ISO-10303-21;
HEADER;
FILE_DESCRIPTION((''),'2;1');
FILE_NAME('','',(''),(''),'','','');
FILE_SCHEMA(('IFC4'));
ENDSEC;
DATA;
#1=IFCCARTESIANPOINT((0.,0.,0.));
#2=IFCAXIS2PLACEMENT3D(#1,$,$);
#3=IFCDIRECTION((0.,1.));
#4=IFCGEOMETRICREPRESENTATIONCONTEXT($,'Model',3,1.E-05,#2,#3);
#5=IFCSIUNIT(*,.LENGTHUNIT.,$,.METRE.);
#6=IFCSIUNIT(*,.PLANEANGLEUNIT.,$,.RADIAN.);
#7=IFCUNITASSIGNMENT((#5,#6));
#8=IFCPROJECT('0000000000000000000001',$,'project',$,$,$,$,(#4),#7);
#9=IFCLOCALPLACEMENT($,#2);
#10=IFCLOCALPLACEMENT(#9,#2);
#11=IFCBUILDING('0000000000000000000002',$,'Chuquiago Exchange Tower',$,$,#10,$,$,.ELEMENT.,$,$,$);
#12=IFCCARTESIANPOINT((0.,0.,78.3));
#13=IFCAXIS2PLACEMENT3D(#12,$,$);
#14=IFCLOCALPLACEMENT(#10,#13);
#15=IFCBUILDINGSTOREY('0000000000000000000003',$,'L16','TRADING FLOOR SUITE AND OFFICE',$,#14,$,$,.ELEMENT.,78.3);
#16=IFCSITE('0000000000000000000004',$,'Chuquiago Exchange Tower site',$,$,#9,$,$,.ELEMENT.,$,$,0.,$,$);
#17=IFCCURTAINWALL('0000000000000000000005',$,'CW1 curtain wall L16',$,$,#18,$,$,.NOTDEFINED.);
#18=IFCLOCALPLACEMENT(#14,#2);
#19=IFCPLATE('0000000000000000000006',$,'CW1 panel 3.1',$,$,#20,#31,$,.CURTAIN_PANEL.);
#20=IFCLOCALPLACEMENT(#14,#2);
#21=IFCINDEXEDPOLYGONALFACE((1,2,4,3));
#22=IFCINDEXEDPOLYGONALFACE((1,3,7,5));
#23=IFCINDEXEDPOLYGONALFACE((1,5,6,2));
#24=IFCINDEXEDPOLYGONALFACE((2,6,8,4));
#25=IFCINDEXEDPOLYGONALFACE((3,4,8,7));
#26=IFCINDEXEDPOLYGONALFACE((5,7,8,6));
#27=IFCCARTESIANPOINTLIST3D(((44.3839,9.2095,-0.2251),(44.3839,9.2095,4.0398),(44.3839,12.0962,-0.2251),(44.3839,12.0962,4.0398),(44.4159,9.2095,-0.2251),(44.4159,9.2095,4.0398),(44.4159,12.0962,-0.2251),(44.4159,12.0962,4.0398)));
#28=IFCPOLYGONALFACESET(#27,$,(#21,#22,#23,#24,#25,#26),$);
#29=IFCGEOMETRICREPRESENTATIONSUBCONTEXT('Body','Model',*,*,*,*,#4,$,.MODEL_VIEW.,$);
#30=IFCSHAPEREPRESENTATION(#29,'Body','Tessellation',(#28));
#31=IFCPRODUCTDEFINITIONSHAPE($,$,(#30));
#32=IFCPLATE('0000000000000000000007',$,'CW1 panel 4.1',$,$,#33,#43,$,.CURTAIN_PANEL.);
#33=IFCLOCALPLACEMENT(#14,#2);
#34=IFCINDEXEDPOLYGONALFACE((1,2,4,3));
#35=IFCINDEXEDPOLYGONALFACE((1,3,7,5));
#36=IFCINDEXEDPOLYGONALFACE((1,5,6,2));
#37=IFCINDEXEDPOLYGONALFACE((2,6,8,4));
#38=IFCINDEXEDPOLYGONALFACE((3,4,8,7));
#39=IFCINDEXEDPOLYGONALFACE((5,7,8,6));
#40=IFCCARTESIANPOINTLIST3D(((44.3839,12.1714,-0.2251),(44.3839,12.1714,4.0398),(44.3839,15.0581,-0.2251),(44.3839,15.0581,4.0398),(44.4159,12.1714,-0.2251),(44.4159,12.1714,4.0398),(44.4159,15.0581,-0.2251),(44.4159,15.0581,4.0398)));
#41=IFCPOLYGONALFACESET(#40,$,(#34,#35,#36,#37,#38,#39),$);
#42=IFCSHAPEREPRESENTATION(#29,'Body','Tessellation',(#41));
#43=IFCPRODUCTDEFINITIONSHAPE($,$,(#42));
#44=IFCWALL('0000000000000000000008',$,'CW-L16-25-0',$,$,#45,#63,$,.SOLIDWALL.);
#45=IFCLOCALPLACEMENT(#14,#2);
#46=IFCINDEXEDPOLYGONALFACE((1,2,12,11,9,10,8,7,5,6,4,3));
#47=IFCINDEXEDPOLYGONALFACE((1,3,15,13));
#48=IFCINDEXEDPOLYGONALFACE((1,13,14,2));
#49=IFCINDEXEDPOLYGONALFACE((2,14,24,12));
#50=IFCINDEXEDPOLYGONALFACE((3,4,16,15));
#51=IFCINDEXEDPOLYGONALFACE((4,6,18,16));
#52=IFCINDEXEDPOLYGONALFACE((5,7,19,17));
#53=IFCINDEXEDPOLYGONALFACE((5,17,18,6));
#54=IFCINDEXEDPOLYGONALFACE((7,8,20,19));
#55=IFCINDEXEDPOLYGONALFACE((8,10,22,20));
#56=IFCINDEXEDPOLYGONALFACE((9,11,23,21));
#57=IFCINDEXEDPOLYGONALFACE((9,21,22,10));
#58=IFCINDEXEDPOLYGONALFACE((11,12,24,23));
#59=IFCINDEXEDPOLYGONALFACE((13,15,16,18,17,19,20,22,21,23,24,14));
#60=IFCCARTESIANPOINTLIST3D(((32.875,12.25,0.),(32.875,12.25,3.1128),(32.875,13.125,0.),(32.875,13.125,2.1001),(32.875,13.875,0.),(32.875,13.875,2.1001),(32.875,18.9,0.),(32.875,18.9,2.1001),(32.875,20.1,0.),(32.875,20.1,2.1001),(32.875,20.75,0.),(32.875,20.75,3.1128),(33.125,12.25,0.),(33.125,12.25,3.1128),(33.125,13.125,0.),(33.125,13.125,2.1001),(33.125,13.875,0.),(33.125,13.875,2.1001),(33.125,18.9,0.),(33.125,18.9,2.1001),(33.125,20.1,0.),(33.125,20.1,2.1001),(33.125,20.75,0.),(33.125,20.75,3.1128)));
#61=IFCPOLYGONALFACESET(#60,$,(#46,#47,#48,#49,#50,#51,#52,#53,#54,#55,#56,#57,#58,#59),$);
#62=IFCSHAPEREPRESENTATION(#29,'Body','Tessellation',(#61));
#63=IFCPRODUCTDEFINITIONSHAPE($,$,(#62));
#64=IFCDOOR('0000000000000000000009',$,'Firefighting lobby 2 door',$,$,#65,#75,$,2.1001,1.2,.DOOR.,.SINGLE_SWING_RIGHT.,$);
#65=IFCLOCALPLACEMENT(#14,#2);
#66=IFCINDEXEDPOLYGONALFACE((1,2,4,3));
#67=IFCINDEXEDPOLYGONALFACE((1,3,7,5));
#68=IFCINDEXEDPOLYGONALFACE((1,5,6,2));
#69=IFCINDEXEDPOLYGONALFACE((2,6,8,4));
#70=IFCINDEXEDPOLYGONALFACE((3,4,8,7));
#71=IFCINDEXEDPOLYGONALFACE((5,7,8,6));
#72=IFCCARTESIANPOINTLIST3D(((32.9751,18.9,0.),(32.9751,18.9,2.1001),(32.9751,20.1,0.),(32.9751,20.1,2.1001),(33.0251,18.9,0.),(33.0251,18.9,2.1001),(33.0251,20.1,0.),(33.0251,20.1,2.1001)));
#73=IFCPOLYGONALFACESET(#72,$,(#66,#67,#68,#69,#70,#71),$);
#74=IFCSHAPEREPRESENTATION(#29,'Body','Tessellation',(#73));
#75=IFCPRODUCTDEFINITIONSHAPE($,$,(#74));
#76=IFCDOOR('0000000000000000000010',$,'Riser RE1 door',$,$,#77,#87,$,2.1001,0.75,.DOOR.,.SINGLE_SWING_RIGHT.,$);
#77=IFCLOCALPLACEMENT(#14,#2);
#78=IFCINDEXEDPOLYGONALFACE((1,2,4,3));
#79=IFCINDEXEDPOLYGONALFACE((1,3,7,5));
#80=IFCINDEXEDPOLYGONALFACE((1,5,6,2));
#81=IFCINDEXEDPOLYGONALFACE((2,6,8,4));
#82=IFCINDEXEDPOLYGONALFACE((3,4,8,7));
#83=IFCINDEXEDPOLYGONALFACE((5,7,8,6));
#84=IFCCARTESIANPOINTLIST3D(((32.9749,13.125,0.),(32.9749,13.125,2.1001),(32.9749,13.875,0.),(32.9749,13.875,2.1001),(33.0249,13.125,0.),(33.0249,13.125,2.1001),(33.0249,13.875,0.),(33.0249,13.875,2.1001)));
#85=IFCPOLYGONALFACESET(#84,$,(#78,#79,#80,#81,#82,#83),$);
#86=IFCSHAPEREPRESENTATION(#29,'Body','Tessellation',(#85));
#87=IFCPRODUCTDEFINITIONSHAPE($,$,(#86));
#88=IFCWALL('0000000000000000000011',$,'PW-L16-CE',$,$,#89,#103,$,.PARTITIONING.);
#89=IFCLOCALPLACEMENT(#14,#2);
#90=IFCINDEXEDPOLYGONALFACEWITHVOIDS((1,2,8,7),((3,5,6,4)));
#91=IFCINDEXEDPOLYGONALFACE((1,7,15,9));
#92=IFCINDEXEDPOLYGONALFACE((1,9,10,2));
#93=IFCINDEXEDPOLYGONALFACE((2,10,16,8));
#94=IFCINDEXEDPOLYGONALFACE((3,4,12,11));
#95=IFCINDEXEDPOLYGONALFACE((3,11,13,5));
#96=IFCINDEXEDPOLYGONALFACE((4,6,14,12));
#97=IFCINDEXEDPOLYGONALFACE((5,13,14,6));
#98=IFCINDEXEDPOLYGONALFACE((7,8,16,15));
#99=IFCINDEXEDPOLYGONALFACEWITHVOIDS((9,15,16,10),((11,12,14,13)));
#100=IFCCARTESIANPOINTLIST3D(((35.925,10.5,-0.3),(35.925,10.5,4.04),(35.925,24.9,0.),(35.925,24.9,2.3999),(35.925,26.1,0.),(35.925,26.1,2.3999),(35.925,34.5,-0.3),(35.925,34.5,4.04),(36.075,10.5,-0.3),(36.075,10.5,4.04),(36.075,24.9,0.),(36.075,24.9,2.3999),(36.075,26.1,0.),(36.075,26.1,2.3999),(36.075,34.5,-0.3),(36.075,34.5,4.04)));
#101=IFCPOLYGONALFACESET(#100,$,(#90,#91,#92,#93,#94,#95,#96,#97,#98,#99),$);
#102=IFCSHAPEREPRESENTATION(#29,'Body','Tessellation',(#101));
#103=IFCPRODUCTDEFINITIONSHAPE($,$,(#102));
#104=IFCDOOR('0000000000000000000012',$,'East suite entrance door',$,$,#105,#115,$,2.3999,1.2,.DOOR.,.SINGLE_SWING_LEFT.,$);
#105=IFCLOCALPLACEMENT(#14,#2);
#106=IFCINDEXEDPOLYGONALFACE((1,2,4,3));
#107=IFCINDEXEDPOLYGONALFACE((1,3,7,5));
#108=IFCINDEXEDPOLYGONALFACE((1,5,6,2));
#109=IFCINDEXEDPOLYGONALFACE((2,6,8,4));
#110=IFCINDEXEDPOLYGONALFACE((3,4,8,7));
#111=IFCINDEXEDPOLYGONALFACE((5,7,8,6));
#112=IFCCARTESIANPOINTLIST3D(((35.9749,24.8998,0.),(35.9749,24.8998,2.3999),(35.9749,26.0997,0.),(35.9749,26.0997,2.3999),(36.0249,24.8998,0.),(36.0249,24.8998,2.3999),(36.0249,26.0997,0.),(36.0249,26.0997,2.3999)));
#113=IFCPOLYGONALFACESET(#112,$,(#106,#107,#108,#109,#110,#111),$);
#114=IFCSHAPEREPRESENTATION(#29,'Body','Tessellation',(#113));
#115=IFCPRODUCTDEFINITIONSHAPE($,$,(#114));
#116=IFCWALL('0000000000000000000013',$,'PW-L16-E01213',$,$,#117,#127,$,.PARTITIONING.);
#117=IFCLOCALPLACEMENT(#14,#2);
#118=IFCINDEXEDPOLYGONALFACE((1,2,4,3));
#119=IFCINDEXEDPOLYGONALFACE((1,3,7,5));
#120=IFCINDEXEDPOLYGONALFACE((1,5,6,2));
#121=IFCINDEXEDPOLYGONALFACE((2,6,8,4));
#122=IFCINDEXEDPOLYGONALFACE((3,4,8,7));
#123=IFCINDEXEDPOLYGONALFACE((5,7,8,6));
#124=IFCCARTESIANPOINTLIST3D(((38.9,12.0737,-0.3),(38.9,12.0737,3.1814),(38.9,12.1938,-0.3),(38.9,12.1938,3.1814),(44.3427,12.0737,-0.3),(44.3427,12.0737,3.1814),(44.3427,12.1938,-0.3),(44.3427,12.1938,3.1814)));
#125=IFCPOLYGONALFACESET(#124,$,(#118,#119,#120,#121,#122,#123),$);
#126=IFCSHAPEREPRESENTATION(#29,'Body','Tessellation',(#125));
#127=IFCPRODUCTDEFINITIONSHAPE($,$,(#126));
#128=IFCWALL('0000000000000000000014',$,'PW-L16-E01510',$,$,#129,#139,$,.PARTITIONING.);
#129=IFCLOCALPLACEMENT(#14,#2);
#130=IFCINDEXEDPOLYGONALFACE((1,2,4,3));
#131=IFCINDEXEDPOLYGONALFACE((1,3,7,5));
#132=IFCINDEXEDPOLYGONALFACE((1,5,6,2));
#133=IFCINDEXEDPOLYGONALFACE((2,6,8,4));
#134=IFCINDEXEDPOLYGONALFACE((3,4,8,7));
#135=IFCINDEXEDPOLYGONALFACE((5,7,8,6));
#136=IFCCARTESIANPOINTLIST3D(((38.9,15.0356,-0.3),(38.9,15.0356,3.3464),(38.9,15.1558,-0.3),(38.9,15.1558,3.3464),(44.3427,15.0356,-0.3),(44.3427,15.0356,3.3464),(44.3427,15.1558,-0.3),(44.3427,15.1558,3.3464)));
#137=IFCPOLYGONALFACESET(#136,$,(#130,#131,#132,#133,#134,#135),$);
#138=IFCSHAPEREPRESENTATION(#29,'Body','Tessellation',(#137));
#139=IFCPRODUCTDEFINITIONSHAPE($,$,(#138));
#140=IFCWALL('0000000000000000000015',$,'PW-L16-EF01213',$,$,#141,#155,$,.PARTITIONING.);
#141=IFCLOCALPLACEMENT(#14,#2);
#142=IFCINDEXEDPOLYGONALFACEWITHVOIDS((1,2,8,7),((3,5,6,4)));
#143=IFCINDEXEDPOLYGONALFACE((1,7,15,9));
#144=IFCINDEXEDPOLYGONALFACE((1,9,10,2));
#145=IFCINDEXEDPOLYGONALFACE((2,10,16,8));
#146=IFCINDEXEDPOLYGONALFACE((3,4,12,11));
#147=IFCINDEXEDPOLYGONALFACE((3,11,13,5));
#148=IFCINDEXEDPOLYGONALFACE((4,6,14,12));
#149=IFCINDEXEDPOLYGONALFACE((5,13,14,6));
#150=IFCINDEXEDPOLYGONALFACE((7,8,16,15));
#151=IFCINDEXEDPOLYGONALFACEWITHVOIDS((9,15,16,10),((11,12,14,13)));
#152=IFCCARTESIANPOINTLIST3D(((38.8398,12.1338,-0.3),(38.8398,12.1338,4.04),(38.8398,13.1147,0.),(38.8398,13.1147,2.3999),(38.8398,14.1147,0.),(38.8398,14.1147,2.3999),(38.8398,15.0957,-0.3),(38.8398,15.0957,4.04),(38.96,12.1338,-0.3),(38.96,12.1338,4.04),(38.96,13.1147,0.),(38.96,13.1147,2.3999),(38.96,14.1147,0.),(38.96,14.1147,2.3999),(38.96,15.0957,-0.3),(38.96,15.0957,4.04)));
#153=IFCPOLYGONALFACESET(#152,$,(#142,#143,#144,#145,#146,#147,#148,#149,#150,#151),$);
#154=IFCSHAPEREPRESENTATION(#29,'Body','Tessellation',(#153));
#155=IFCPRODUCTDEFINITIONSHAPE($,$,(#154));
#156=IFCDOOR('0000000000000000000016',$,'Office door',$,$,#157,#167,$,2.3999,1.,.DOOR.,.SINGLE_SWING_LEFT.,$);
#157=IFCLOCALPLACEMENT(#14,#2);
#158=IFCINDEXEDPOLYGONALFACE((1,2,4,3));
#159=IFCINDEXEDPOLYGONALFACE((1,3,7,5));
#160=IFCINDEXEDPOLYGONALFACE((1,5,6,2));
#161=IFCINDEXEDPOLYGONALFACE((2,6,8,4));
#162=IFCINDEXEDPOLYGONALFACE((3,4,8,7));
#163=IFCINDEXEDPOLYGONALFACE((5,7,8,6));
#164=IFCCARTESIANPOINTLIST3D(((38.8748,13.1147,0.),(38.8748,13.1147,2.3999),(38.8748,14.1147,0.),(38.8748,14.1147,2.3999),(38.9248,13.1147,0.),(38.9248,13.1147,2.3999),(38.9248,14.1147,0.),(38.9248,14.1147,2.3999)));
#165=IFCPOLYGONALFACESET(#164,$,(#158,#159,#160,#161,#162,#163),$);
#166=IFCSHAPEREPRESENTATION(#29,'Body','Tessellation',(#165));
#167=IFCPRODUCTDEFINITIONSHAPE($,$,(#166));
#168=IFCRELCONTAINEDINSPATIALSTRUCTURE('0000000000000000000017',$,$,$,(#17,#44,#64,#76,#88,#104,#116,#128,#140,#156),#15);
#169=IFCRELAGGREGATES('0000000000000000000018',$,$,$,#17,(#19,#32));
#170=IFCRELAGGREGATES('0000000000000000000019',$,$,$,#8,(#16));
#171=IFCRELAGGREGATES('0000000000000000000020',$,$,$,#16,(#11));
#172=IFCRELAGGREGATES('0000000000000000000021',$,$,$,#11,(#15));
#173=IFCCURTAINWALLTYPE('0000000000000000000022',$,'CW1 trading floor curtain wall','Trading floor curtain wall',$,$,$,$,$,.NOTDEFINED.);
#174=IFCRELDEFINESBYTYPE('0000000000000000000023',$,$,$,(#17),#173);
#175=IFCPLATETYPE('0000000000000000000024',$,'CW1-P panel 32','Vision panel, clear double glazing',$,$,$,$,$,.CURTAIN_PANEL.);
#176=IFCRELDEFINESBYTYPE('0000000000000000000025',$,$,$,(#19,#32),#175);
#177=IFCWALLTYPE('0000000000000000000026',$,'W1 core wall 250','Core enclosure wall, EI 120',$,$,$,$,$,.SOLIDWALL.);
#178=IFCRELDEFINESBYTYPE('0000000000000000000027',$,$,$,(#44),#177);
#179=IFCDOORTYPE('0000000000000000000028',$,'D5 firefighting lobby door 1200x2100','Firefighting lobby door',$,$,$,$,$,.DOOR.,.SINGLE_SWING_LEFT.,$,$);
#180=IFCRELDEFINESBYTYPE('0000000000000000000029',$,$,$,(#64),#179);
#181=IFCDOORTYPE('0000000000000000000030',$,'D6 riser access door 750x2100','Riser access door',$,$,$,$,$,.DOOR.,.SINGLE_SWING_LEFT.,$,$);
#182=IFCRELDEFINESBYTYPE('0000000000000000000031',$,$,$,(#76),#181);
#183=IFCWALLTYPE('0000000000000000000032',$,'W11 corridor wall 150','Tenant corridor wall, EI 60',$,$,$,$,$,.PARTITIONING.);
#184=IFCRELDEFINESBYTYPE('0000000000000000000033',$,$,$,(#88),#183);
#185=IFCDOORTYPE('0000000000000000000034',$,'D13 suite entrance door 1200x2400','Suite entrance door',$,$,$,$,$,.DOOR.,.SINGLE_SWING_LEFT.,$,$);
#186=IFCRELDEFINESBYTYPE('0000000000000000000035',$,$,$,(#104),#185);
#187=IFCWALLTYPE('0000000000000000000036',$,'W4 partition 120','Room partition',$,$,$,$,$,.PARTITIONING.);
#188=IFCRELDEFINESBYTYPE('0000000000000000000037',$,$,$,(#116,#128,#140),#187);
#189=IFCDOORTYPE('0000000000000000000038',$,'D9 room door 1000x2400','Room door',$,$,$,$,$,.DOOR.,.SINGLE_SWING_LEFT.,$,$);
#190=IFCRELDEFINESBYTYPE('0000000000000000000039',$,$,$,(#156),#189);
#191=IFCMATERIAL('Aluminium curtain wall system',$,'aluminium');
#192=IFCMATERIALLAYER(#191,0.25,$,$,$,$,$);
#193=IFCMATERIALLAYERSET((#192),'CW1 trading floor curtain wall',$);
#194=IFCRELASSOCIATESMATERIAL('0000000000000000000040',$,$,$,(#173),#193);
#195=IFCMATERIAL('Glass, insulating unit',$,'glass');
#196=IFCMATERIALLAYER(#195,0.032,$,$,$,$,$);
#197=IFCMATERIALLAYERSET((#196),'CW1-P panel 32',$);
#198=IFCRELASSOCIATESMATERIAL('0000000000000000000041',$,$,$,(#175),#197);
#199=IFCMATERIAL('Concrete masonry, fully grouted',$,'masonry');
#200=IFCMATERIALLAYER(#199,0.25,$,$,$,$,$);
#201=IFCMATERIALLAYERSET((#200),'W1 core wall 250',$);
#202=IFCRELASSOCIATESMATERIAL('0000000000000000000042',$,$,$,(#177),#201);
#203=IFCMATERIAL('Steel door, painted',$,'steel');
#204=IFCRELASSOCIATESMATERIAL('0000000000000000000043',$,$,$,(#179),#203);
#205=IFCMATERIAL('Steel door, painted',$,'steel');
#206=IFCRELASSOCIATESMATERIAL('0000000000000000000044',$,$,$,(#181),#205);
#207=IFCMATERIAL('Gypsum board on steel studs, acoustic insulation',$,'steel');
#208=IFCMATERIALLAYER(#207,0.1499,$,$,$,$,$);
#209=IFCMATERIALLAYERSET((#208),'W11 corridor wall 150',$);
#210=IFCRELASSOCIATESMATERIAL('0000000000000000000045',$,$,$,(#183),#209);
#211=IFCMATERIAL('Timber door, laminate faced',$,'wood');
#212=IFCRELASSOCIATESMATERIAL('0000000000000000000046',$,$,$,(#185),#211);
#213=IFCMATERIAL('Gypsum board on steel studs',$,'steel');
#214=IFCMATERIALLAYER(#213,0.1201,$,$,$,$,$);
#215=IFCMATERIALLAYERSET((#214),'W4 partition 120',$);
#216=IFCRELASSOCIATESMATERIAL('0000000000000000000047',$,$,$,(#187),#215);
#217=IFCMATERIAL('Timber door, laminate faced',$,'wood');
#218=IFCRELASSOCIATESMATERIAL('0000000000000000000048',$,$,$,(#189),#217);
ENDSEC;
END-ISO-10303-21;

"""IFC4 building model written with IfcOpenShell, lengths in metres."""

from ifc_helpers import new_model, si_unit, direction, frame, frame_2d, origin, origin_2d, place, context, subcontext, project, spatial, rectangle, extrude, material, layer, layer_set, type_object, element, fill, aggregate, save


model = new_model("IFC4")

# Units and contexts
model_context = context("Model", 3, precision=1e-05, world=origin(), true_north=direction((0.0, 1.0)))
body_context = subcontext(model_context, "Body", "Model", "MODEL_VIEW")
ifc_project = project(units=[si_unit("LENGTHUNIT", "METRE"), si_unit("PLANEANGLEUNIT", "RADIAN")], contexts=[model_context])

# Site, building, storey
site_placement = place(None, origin())
site = spatial("IfcSite", under=ifc_project, at=site_placement, Name="Chuquiago Exchange Tower site", CompositionType="ELEMENT", RefElevation=0.0)
building_placement = place(site_placement, origin())
building = spatial("IfcBuilding", under=site, at=building_placement, Name="Chuquiago Exchange Tower", CompositionType="ELEMENT")
storey_placement = place(building_placement, frame((0.0, 0.0, 78.3)))
storey = spatial("IfcBuildingStorey", under=building, at=storey_placement, Name="L16", Description="TRADING FLOOR SUITE AND OFFICE", CompositionType="ELEMENT", Elevation=78.3)

# Curtain wall
ifc_material_1 = material(Name="Aluminium curtain wall system", Category="aluminium")
ifc_layer_1 = layer(ifc_material_1, 0.25)
ifc_layer_set_1 = layer_set([ifc_layer_1], Name="CW1 trading floor curtain wall")
curtain_wall_type = type_object("IfcCurtainWallType", Name="CW1 trading floor curtain wall", Description="Trading floor curtain wall", PredefinedType="NOTDEFINED", material=ifc_layer_set_1)
curtain_wall_placement = place(storey_placement, origin())
curtain_wall = element("IfcCurtainWall", 1, at=curtain_wall_placement, inside=storey, type_object=curtain_wall_type, Name="CW1 curtain wall L16", PredefinedType="NOTDEFINED")

# Plates
ifc_material_2 = material(Name="Glass, insulating unit", Category="glass")
ifc_layer_2 = layer(ifc_material_2, 0.032)
ifc_layer_set_2 = layer_set([ifc_layer_2], Name="CW1-P panel 32")
plate_type = type_object("IfcPlateType", Name="CW1-P panel 32", Description="Vision panel, clear double glazing", PredefinedType="CURTAIN_PANEL", material=ifc_layer_set_2)
plate_1_placement = place(storey_placement, frame((44.3999, 10.6528, -0.2251), z_axis=(0.0, 0.0, 1.0), x_axis=(0.0, 1.0, 0.0)))
plate_1 = element("IfcPlate", 2, at=plate_1_placement, type_object=plate_type, Name="CW1 panel 3.1", PredefinedType="CURTAIN_PANEL", context=body_context, shape_type="SweptSolid", body=[
    extrude(rectangle(XDim=2.8867, YDim=0.032, at=origin_2d()), origin(), (0.0, 0.0, 1.0), 4.2649),
])
plate_2_placement = place(storey_placement, frame((44.3999, 13.6147, -0.2251), z_axis=(0.0, 0.0, 1.0), x_axis=(0.0, 1.0, 0.0)))
plate_2 = element("IfcPlate", 3, at=plate_2_placement, type_object=plate_type, Name="CW1 panel 4.1", PredefinedType="CURTAIN_PANEL", context=body_context, shape_type="SweptSolid", body=[
    extrude(rectangle(XDim=2.8867, YDim=0.032, at=origin_2d()), origin(), (0.0, 0.0, 1.0), 4.2649),
])
aggregate(curtain_wall, [plate_1, plate_2])

# Wall, openings, doors
ifc_material_3 = material(Name="Concrete masonry, fully grouted", Category="masonry")
ifc_layer_3 = layer(ifc_material_3, 0.25)
ifc_layer_set_3 = layer_set([ifc_layer_3], Name="W1 core wall 250")
wall_type_1 = type_object("IfcWallType", Name="W1 core wall 250", Description="Core enclosure wall, EI 120", PredefinedType="SOLIDWALL", material=ifc_layer_set_3)
wall_1_placement = place(storey_placement, frame((33.0, 12.25, 0.0), z_axis=(0.0, 0.0, 1.0), x_axis=(0.0, 1.0, 0.0)))
wall_1 = element("IfcWall", 4, at=wall_1_placement, inside=storey, type_object=wall_type_1, Name="CW-L16-25-0", PredefinedType="SOLIDWALL", context=body_context, shape_type="SweptSolid", body=[
    extrude(rectangle(XDim=8.5, YDim=0.25, at=frame_2d((4.25, 0.0))), origin(), (0.0, 0.0, 1.0), 3.1128),
])
opening_1_placement = place(wall_1_placement, frame((6.6499, 0.0, 0.0)))
opening_1 = element("IfcOpeningElement", 5, at=opening_1_placement, cuts=wall_1, PredefinedType="OPENING", context=body_context, shape_type="SweptSolid", body=[
    extrude(rectangle(XDim=1.2, YDim=2.1001, at=frame_2d((0.6001, 1.05))), frame((0.0, 0.135, 0.0), z_axis=(0.0, -1.0, 0.0), x_axis=(1.0, 0.0, 0.0)), (0.0, 0.0, 1.0), 0.27),
])
opening_2_placement = place(wall_1_placement, frame((0.875, 0.0, 0.0)))
opening_2 = element("IfcOpeningElement", 6, at=opening_2_placement, cuts=wall_1, PredefinedType="OPENING", context=body_context, shape_type="SweptSolid", body=[
    extrude(rectangle(XDim=0.75, YDim=2.1001, at=frame_2d((0.375, 1.05))), frame((0.0, 0.135, 0.0), z_axis=(0.0, -1.0, 0.0), x_axis=(1.0, 0.0, 0.0)), (0.0, 0.0, 1.0), 0.27),
])
ifc_material_4 = material(Name="Steel door, painted", Category="steel")
door_type_1 = type_object("IfcDoorType", Name="D5 firefighting lobby door 1200x2100", Description="Firefighting lobby door", OperationType="SINGLE_SWING_LEFT", PredefinedType="DOOR", material=ifc_material_4)
door_1_placement = place(opening_1_placement, origin())
door_1 = element("IfcDoor", 7, at=door_1_placement, inside=storey, type_object=door_type_1, Name="Firefighting lobby 2 door", OperationType="SINGLE_SWING_RIGHT", OverallHeight=2.1001, OverallWidth=1.2, PredefinedType="DOOR", context=body_context, shape_type="SweptSolid", body=[
    extrude(rectangle(XDim=1.2, YDim=2.1001, at=frame_2d((0.6001, 1.05))), frame((0.0, 0.0249, 0.0), z_axis=(0.0, -1.0, 0.0), x_axis=(1.0, 0.0, 0.0)), (0.0, 0.0, 1.0), 0.05),
])
fill(opening_1, door_1)
ifc_material_5 = material(Name="Steel door, painted", Category="steel")
door_type_2 = type_object("IfcDoorType", Name="D6 riser access door 750x2100", Description="Riser access door", OperationType="SINGLE_SWING_LEFT", PredefinedType="DOOR", material=ifc_material_5)
door_2_placement = place(opening_2_placement, frame((0.75, 0.0, 0.0), z_axis=(0.0, 0.0, 1.0), x_axis=(-1.0, 0.0, 0.0)))
door_2 = element("IfcDoor", 8, at=door_2_placement, inside=storey, type_object=door_type_2, Name="Riser RE1 door", OperationType="SINGLE_SWING_RIGHT", OverallHeight=2.1001, OverallWidth=0.75, PredefinedType="DOOR", context=body_context, shape_type="SweptSolid", body=[
    extrude(rectangle(XDim=0.75, YDim=2.1001, at=frame_2d((0.375, 1.05))), frame((0.0, 0.0249, 0.0), z_axis=(0.0, -1.0, 0.0), x_axis=(1.0, 0.0, 0.0)), (0.0, 0.0, 1.0), 0.05),
])
fill(opening_2, door_2)

# Wall, opening, door
ifc_material_6 = material(Name="Gypsum board on steel studs, acoustic insulation", Category="steel")
ifc_layer_4 = layer(ifc_material_6, 0.1499)
ifc_layer_set_4 = layer_set([ifc_layer_4], Name="W11 corridor wall 150")
wall_type_2 = type_object("IfcWallType", Name="W11 corridor wall 150", Description="Tenant corridor wall, EI 60", PredefinedType="PARTITIONING", material=ifc_layer_set_4)
wall_2_placement = place(storey_placement, frame((36.0, 10.5, -0.3), z_axis=(0.0, 0.0, 1.0), x_axis=(0.0, 1.0, 0.0)))
wall_2 = element("IfcWall", 9, at=wall_2_placement, inside=storey, type_object=wall_type_2, Name="PW-L16-CE", PredefinedType="PARTITIONING", context=body_context, shape_type="SweptSolid", body=[
    extrude(rectangle(XDim=24.0, YDim=0.1499, at=frame_2d((12.0, 0.0))), origin(), (0.0, 0.0, 1.0), 4.3401),
])
opening_3_placement = place(wall_2_placement, frame((14.3999, 0.0, 0.3)))
opening_3 = element("IfcOpeningElement", 10, at=opening_3_placement, cuts=wall_2, PredefinedType="OPENING", context=body_context, shape_type="SweptSolid", body=[
    extrude(rectangle(XDim=1.2, YDim=2.3999, at=frame_2d((0.6001, 1.2))), frame((0.0, 0.085, 0.0), z_axis=(0.0, -1.0, 0.0), x_axis=(1.0, 0.0, 0.0)), (0.0, 0.0, 1.0), 0.1699),
])
ifc_material_7 = material(Name="Timber door, laminate faced", Category="wood")
door_type_3 = type_object("IfcDoorType", Name="D13 suite entrance door 1200x2400", Description="Suite entrance door", OperationType="SINGLE_SWING_LEFT", PredefinedType="DOOR", material=ifc_material_7)
door_3_placement = place(opening_3_placement, frame((1.2, 0.0, 0.0), z_axis=(0.0, 0.0, 1.0), x_axis=(-1.0, 0.0, 0.0)))
door_3 = element("IfcDoor", 11, at=door_3_placement, inside=storey, type_object=door_type_3, Name="East suite entrance door", OperationType="SINGLE_SWING_LEFT", OverallHeight=2.3999, OverallWidth=1.2, PredefinedType="DOOR", context=body_context, shape_type="SweptSolid", body=[
    extrude(rectangle(XDim=1.2, YDim=2.3999, at=frame_2d((0.6001, 1.2))), frame((0.0, 0.0249, 0.0), z_axis=(0.0, -1.0, 0.0), x_axis=(1.0, 0.0, 0.0)), (0.0, 0.0, 1.0), 0.05),
])
fill(opening_3, door_3)

# Walls
ifc_material_8 = material(Name="Gypsum board on steel studs", Category="steel")
ifc_layer_5 = layer(ifc_material_8, 0.1201)
ifc_layer_set_5 = layer_set([ifc_layer_5], Name="W4 partition 120")
wall_type_3 = type_object("IfcWallType", Name="W4 partition 120", Description="Room partition", PredefinedType="PARTITIONING", material=ifc_layer_set_5)
wall_3_placement = place(storey_placement, frame((44.3425, 12.1338, -0.3), z_axis=(0.0, 0.0, 1.0), x_axis=(-1.0, 0.0, 0.0)))
element("IfcWall", 12, at=wall_3_placement, inside=storey, type_object=wall_type_3, Name="PW-L16-E01213", PredefinedType="PARTITIONING", context=body_context, shape_type="SweptSolid", body=[
    extrude(rectangle(XDim=5.4426, YDim=0.1201, at=frame_2d((2.7212, 0.0))), origin(), (0.0, 0.0, 1.0), 3.4814),
])
wall_4_placement = place(storey_placement, frame((44.3425, 15.0957, -0.3), z_axis=(0.0, 0.0, 1.0), x_axis=(-1.0, 0.0, 0.0)))
element("IfcWall", 13, at=wall_4_placement, inside=storey, type_object=wall_type_3, Name="PW-L16-E01510", PredefinedType="PARTITIONING", context=body_context, shape_type="SweptSolid", body=[
    extrude(rectangle(XDim=5.4426, YDim=0.1201, at=frame_2d((2.7212, 0.0))), origin(), (0.0, 0.0, 1.0), 3.6465),
])

# Wall, opening, door
wall_5_placement = place(storey_placement, frame((38.8999, 12.1338, -0.3), z_axis=(0.0, 0.0, 1.0), x_axis=(0.0, 1.0, 0.0)))
wall_5 = element("IfcWall", 14, at=wall_5_placement, inside=storey, type_object=wall_type_3, Name="PW-L16-EF01213", PredefinedType="PARTITIONING", context=body_context, shape_type="SweptSolid", body=[
    extrude(rectangle(XDim=2.9619, YDim=0.1201, at=frame_2d((1.481, 0.0))), origin(), (0.0, 0.0, 1.0), 4.3401),
])
opening_4_placement = place(wall_5_placement, frame((0.981, 0.0, 0.3)))
opening_4 = element("IfcOpeningElement", 15, at=opening_4_placement, cuts=wall_5, PredefinedType="OPENING", context=body_context, shape_type="SweptSolid", body=[
    extrude(rectangle(XDim=1.0, YDim=2.3999, at=frame_2d((0.5, 1.2))), frame((0.0, 0.0701, 0.0), z_axis=(0.0, -1.0, 0.0), x_axis=(1.0, 0.0, 0.0)), (0.0, 0.0, 1.0), 0.1401),
])
ifc_material_9 = material(Name="Timber door, laminate faced", Category="wood")
door_type_4 = type_object("IfcDoorType", Name="D9 room door 1000x2400", Description="Room door", OperationType="SINGLE_SWING_LEFT", PredefinedType="DOOR", material=ifc_material_9)
door_4_placement = place(opening_4_placement, frame((1.0, 0.0, 0.0), z_axis=(0.0, 0.0, 1.0), x_axis=(-1.0, 0.0, 0.0)))
door_4 = element("IfcDoor", 16, at=door_4_placement, inside=storey, type_object=door_type_4, Name="Office door", OperationType="SINGLE_SWING_LEFT", OverallHeight=2.3999, OverallWidth=1.0, PredefinedType="DOOR", context=body_context, shape_type="SweptSolid", body=[
    extrude(rectangle(XDim=1.0, YDim=2.3999, at=frame_2d((0.5, 1.2))), frame((0.0, 0.0249, 0.0), z_axis=(0.0, -1.0, 0.0), x_axis=(1.0, 0.0, 0.0)), (0.0, 0.0, 1.0), 0.05),
])
fill(opening_4, door_4)

save(model, "model.ifc")
